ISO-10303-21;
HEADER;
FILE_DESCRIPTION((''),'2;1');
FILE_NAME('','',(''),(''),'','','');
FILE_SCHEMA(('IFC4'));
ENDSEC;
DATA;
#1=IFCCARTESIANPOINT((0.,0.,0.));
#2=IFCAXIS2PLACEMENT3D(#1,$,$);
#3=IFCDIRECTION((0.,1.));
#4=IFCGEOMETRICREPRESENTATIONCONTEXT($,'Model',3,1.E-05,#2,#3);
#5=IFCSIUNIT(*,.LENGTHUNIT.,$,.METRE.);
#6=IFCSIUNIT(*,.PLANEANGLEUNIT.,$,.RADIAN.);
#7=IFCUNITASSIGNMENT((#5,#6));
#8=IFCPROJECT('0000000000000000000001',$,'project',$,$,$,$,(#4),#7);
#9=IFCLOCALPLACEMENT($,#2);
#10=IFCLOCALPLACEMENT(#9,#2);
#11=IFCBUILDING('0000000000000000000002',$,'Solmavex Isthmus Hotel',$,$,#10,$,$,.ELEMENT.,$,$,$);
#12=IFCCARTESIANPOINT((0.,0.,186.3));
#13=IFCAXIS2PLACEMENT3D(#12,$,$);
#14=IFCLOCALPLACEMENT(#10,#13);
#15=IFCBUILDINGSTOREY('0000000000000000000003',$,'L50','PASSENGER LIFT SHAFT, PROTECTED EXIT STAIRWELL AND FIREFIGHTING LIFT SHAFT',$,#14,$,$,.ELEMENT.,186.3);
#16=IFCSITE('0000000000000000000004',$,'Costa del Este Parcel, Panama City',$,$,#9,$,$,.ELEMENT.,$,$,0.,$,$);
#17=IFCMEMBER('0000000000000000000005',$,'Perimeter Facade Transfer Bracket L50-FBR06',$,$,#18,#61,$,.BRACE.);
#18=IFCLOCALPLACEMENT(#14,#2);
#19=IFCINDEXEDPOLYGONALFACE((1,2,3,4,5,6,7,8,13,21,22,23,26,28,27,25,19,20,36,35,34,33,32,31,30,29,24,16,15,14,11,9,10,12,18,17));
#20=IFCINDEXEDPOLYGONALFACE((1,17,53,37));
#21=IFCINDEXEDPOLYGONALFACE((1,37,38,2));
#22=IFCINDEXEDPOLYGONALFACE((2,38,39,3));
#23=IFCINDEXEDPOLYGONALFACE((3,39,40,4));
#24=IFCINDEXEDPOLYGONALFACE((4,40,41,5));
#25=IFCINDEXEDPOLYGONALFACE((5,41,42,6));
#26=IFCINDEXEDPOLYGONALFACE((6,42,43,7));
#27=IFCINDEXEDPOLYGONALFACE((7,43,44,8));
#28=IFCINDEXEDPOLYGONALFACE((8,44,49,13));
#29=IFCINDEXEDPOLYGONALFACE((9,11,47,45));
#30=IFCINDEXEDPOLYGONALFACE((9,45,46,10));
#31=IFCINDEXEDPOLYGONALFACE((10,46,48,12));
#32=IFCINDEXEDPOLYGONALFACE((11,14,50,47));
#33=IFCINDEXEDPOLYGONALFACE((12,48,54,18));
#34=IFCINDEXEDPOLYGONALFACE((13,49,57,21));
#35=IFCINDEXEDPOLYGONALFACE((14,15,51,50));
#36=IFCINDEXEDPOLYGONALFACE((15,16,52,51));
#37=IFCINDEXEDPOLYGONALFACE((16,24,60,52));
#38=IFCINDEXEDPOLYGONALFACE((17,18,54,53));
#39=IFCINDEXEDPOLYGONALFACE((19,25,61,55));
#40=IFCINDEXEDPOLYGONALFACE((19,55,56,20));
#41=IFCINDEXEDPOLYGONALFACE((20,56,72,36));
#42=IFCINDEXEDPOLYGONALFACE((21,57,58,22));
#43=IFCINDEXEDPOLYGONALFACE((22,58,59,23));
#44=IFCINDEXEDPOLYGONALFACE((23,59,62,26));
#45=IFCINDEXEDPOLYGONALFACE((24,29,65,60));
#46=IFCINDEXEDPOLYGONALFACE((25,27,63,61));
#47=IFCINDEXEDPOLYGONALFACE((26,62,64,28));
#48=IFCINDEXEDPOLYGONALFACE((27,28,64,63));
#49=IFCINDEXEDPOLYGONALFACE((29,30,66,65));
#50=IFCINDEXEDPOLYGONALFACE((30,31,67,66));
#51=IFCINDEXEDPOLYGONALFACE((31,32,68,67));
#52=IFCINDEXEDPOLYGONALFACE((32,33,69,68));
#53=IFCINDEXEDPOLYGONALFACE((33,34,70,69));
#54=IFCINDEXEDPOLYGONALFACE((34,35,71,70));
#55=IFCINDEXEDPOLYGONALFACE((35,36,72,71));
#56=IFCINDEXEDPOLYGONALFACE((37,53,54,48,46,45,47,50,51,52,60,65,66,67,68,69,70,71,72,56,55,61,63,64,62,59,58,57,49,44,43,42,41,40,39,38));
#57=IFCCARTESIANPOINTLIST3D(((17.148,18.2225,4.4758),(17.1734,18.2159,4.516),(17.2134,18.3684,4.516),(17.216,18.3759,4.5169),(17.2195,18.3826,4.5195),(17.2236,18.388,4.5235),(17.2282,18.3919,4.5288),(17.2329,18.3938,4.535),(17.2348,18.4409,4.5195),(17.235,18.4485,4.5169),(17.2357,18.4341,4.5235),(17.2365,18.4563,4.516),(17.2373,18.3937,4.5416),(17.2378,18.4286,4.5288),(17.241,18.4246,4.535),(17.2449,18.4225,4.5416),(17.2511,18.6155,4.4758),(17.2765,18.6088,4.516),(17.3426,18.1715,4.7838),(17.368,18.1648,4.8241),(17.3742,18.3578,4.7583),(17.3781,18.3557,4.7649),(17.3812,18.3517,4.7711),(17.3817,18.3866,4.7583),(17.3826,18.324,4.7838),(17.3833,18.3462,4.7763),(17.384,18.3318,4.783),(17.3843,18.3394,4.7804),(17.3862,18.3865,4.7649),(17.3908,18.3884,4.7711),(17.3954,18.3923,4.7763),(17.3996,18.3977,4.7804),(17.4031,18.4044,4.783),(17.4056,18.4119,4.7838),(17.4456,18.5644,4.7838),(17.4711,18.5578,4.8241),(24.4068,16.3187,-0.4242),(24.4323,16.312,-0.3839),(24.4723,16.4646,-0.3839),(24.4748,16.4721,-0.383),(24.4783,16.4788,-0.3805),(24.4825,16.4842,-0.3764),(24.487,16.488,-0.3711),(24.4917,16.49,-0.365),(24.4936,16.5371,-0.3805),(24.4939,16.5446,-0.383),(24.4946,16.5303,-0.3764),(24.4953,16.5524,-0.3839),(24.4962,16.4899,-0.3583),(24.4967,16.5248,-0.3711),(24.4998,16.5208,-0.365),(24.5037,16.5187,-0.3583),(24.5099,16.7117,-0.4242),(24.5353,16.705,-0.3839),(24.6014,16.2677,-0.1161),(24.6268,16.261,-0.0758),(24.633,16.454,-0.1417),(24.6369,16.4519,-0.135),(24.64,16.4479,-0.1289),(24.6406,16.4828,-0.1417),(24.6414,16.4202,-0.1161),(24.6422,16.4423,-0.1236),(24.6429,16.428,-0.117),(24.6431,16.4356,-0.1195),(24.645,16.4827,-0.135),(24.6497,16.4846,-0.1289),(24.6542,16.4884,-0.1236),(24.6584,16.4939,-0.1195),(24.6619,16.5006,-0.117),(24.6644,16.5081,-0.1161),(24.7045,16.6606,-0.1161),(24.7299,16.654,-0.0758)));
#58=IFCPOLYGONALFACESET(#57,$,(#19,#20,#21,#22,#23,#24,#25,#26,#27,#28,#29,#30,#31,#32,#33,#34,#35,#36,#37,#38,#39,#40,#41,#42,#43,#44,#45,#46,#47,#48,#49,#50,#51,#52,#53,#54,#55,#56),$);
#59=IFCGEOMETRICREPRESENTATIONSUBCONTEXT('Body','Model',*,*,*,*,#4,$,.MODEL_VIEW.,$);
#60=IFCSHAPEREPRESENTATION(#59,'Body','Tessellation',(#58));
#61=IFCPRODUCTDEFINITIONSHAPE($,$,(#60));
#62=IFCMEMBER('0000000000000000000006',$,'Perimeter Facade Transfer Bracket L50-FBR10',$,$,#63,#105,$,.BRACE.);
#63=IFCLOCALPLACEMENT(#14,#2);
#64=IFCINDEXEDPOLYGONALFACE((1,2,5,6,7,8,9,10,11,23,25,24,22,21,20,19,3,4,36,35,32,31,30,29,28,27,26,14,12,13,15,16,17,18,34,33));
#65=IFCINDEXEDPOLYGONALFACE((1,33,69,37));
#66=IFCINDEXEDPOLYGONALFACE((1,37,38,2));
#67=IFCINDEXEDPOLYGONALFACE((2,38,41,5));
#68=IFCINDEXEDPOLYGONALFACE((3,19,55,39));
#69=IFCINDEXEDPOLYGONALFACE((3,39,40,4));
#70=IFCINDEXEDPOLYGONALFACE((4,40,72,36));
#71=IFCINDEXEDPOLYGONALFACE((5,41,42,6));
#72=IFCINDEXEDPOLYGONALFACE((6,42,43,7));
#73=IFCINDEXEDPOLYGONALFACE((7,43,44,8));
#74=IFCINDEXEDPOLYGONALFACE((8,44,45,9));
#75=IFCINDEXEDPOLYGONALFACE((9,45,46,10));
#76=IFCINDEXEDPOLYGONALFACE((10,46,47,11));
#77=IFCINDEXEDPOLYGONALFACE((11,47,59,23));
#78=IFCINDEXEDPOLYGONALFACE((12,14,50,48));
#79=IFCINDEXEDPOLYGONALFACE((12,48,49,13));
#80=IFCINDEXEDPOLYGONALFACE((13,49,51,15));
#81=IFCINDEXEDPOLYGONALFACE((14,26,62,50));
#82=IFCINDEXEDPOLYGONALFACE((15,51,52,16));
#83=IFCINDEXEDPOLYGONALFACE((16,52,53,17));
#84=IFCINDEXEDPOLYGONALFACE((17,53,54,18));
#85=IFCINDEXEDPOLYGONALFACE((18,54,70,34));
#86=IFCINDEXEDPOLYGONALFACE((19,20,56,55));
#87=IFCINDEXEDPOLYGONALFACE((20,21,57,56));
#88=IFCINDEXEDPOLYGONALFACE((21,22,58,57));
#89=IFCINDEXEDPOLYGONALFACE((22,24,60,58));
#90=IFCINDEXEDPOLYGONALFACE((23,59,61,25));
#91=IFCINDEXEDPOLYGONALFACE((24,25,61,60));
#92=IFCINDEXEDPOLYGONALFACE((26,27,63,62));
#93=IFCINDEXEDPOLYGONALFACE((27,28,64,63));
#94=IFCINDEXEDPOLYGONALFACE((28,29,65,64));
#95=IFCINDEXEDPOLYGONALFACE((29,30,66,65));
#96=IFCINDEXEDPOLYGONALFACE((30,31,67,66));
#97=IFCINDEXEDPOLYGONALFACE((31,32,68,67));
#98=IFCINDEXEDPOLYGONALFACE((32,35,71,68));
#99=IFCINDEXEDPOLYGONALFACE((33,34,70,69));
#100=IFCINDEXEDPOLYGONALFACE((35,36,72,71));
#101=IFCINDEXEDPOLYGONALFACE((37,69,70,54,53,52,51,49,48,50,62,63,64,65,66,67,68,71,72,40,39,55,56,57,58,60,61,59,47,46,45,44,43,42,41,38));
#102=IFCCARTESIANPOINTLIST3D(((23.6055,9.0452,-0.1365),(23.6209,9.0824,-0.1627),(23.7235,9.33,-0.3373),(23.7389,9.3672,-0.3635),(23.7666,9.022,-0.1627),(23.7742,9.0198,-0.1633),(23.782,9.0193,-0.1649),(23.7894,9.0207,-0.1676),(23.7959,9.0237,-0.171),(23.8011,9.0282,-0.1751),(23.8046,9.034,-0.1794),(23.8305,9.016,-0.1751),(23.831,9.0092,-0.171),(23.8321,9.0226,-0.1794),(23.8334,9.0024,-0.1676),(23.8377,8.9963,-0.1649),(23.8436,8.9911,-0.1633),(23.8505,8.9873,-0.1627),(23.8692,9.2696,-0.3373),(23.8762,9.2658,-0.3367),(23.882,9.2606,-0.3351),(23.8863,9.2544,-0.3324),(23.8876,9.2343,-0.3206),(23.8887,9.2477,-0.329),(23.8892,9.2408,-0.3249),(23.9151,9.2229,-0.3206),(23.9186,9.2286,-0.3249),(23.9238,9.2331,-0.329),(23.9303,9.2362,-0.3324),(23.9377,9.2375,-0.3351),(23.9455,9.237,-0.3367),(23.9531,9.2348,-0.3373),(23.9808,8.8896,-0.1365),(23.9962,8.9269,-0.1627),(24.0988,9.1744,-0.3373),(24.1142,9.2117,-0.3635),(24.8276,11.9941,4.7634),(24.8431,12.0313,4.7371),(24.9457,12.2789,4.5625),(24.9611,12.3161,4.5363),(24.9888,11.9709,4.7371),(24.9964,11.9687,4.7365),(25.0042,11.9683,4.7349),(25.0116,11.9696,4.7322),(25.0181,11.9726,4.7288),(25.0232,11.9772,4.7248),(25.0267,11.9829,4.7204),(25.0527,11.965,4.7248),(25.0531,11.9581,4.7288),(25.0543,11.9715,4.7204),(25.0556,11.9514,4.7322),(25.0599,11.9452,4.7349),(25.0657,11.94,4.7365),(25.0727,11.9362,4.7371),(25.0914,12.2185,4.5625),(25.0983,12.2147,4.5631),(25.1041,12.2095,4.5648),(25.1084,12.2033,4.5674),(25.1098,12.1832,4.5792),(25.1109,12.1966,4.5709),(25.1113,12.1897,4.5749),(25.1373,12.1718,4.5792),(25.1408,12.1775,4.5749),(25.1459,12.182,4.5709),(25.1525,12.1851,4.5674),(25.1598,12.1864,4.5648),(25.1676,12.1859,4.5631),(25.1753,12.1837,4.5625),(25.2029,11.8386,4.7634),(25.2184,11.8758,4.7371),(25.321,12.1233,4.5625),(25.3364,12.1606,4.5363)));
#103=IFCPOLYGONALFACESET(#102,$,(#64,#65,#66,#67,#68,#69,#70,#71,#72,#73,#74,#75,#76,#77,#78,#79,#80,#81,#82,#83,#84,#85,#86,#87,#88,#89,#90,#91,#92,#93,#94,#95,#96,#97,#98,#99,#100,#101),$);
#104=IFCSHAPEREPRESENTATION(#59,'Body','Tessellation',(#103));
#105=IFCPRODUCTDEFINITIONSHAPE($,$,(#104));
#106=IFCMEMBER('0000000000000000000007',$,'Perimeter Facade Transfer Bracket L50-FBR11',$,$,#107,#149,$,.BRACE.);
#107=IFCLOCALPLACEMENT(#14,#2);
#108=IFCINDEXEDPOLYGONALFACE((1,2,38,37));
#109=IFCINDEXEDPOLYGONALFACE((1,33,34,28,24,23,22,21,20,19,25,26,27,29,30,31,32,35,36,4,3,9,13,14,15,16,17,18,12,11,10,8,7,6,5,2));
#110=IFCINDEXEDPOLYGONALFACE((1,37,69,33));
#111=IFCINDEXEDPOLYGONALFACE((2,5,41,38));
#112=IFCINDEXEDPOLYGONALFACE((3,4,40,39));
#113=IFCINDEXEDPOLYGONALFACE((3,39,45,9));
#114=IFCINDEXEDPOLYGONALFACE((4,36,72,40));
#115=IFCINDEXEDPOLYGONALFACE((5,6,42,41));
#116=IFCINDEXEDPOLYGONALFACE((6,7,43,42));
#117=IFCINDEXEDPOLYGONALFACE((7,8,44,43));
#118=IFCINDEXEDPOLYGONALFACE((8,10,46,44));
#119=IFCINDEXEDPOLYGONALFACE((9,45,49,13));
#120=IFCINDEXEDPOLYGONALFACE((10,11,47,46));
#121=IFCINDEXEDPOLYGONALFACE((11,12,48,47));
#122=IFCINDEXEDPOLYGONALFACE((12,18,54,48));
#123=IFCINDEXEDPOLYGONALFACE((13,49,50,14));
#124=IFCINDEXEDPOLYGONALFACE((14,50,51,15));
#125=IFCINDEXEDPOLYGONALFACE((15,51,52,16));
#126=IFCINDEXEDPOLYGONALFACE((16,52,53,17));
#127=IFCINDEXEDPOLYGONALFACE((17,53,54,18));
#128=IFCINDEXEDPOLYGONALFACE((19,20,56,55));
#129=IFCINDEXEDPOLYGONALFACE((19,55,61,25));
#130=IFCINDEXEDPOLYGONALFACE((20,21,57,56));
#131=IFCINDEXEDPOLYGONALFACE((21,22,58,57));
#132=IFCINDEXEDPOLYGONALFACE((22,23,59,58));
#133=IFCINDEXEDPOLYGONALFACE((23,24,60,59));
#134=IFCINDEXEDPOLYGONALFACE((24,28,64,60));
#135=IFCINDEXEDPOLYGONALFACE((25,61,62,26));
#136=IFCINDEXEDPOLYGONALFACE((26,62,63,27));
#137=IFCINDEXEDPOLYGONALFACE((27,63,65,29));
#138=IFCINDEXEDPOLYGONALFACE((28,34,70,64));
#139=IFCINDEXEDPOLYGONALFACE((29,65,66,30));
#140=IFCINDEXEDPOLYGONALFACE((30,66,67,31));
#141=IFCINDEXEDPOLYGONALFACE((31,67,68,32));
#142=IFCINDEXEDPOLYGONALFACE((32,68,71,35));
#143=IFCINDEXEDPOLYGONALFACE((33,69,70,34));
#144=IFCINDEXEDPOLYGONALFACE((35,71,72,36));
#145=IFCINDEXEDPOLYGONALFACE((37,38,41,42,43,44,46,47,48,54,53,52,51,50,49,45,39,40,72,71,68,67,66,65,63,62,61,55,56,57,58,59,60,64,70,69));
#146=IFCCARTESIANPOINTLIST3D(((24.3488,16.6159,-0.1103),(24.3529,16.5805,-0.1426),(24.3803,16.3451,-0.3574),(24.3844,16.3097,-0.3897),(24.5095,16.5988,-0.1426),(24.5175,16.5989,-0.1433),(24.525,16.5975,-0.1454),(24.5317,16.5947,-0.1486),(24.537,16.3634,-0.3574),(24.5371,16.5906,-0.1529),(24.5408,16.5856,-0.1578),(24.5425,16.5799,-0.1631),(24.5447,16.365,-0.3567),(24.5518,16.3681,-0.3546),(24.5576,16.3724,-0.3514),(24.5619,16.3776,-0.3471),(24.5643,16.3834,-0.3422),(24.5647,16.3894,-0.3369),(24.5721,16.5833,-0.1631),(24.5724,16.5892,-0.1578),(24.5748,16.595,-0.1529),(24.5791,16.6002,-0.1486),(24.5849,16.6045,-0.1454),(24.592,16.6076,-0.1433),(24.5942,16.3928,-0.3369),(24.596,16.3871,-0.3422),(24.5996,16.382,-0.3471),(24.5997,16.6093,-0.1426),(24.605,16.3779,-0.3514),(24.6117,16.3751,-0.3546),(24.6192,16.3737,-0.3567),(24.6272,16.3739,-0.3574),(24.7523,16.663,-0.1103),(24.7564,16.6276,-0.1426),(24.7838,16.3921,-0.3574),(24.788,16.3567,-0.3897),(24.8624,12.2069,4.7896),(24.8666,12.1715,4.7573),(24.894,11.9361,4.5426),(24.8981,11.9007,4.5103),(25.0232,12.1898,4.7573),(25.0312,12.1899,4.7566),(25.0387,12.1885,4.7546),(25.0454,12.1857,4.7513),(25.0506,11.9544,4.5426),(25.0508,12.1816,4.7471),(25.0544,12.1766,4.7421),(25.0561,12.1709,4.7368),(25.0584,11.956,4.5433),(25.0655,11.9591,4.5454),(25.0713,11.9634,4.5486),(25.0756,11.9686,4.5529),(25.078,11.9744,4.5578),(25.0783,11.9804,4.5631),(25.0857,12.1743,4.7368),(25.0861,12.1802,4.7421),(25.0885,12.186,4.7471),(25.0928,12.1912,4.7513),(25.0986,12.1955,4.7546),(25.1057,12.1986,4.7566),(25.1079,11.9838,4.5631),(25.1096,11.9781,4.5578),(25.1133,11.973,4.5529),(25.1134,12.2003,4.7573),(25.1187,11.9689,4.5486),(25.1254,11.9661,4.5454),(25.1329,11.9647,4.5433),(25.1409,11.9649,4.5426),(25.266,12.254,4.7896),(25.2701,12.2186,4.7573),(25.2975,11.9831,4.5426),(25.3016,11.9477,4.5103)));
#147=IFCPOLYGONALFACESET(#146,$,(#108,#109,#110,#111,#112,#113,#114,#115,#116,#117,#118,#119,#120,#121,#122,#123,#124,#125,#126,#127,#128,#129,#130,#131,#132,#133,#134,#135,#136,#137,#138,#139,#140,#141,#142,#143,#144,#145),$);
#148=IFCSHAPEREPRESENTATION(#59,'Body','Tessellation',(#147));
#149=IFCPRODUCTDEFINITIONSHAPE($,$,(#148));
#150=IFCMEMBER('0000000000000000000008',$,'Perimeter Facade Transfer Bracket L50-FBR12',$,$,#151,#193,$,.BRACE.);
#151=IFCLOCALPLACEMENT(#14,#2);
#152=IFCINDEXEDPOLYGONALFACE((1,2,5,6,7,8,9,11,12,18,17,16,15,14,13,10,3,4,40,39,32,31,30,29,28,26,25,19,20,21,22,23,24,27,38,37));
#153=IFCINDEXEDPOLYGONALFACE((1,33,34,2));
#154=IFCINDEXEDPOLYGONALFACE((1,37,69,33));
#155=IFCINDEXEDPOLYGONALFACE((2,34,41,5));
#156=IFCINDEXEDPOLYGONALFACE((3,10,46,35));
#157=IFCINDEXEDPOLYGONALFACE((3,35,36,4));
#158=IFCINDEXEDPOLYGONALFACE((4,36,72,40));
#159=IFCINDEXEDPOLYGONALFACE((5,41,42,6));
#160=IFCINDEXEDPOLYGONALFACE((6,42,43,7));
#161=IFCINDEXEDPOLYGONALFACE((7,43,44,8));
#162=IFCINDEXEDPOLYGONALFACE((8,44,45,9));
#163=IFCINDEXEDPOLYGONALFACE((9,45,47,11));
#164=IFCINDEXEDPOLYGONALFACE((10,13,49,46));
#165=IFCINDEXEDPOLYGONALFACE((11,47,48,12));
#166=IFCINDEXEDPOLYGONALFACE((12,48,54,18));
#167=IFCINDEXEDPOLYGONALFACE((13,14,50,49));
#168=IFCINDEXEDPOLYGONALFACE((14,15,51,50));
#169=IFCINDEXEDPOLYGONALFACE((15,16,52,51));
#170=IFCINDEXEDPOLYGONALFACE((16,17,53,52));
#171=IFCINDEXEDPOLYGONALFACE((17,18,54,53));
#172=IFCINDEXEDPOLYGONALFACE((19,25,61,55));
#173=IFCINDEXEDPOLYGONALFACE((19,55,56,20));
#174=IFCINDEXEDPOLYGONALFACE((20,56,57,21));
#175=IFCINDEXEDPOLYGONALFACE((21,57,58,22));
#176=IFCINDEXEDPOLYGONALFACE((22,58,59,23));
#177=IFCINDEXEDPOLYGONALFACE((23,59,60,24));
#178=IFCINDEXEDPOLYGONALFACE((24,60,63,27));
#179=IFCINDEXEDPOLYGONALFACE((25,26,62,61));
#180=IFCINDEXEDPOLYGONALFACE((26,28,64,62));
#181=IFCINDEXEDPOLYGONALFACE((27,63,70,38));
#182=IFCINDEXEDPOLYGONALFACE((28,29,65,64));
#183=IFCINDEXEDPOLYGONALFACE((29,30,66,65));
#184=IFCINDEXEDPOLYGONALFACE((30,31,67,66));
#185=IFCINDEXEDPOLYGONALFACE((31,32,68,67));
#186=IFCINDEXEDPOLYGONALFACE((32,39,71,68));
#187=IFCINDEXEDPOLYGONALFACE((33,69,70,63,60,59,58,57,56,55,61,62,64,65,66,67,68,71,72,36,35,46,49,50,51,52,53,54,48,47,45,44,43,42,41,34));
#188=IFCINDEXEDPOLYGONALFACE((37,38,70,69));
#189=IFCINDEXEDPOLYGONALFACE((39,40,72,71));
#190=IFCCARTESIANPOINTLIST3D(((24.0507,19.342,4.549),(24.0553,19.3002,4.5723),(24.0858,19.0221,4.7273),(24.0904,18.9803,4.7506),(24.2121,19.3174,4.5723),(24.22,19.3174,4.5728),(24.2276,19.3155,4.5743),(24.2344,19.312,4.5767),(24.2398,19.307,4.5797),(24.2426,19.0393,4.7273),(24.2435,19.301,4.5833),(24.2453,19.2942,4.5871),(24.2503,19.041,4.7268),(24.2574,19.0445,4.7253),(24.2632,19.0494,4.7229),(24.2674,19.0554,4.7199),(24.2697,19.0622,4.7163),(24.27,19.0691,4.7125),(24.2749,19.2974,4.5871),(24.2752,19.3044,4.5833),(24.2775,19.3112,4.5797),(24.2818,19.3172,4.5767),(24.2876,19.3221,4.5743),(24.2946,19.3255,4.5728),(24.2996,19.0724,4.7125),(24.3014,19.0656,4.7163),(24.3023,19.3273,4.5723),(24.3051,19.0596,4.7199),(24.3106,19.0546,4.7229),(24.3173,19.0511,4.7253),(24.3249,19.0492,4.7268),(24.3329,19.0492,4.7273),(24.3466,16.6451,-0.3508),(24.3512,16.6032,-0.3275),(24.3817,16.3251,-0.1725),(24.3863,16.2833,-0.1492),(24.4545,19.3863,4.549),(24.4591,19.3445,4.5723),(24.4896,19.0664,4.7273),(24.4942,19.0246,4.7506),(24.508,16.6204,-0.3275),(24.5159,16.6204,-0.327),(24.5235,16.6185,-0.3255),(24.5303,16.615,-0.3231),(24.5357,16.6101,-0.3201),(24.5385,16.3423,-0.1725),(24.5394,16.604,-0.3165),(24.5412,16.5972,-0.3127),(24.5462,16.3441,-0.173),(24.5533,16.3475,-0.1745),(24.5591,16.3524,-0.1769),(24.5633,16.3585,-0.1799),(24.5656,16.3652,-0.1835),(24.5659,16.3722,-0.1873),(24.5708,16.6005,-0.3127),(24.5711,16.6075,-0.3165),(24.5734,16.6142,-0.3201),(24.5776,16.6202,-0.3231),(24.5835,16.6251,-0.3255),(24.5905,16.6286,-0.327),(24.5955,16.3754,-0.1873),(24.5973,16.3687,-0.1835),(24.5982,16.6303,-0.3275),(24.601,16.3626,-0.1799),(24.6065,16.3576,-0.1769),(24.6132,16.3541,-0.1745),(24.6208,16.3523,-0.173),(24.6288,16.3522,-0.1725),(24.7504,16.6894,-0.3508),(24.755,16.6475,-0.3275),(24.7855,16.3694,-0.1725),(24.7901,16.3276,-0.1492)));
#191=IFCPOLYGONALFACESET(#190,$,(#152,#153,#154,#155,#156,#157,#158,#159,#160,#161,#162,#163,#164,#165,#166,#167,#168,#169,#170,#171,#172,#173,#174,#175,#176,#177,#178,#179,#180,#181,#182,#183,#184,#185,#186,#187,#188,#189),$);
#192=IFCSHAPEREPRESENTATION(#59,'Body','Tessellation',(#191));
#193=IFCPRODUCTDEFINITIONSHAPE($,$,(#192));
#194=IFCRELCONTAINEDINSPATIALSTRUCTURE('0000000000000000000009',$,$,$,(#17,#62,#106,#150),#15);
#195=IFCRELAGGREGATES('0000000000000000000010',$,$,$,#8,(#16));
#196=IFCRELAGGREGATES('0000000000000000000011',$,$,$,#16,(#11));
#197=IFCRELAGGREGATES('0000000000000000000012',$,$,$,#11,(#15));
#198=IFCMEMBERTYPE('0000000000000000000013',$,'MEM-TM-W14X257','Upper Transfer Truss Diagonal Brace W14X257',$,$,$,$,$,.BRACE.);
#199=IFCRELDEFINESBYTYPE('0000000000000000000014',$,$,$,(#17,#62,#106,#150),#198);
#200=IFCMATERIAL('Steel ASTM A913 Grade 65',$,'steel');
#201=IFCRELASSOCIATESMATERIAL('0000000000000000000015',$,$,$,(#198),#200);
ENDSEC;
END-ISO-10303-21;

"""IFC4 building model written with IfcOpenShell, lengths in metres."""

from ifc_helpers import new_model, si_unit, direction, frame, origin, origin_2d, place, context, subcontext, project, spatial, i_section, extrude, material, material_profile, profile_set, type_object, element, save


model = new_model("IFC4")

# Units and contexts
model_context = context("Model", 3, precision=1e-05, world=origin(), true_north=direction((0.0, 1.0)))
body_context = subcontext(model_context, "Body", "Model", "MODEL_VIEW")
ifc_project = project(units=[si_unit("LENGTHUNIT", "METRE"), si_unit("PLANEANGLEUNIT", "RADIAN")], contexts=[model_context])

# Site, building, storey
site_placement = place(None, origin())
site = spatial("IfcSite", under=ifc_project, at=site_placement, Name="Costa del Este Parcel, Panama City", CompositionType="ELEMENT", RefElevation=0.0)
building_placement = place(site_placement, origin())
building = spatial("IfcBuilding", under=site, at=building_placement, Name="Solmavex Isthmus Hotel", CompositionType="ELEMENT")
storey_placement = place(building_placement, frame((0.0, 0.0, 186.3)))
storey = spatial("IfcBuildingStorey", under=building, at=storey_placement, Name="L50", Description="PASSENGER LIFT SHAFT, PROTECTED EXIT STAIRWELL AND FIREFIGHTING LIFT SHAFT", CompositionType="ELEMENT", Elevation=186.3)

# Shared definitions
ifc_material_1 = material(Name="Steel ASTM A913 Grade 65", Category="steel")

# Members
ifc_material_profile_1 = material_profile(ifc_material_1, i_section(OverallWidth=0.4062, OverallDepth=0.416, WebThickness=0.0298, FlangeThickness=0.0481, FilletRadius=0.0305, at=origin_2d()), Name="W14X257")
ifc_profile_set_1 = profile_set([ifc_material_profile_1], Name="Steel ASTM A913 Grade 65")
member_type_1 = type_object("IfcMemberType", Name="MEM-TM-W14X257", Description="Upper Transfer Truss Diagonal Brace W14X257", PredefinedType="BRACE", material=ifc_profile_set_1)
member_1_placement = place(storey_placement, frame((24.5684, 16.4863, -0.25), z_axis=(-0.809921, 0.212423, 0.546721), x_axis=(-0.253696, -0.967284, 0.0)))
element("IfcMember", 1, at=member_1_placement, inside=storey, type_object=member_type_1, Name="Perimeter Facade Transfer Bracket L50-FBR06", PredefinedType="BRACE", context=body_context, shape_type="SweptSolid", body=[
    extrude(i_section(OverallWidth=0.4062, OverallDepth=0.416, WebThickness=0.0298, FlangeThickness=0.0481, FilletRadius=0.0305, at=origin_2d()), origin(), (0.0, 0.0, 1.0), 8.9624),
])
member_2_placement = place(storey_placement, frame((23.8599, 9.1284, -0.25), z_axis=(0.208989, 0.50427, 0.837876), x_axis=(-0.923806, 0.382861, 0.0)))
element("IfcMember", 2, at=member_2_placement, inside=storey, type_object=member_type_1, Name="Perimeter Facade Transfer Bracket L50-FBR10", PredefinedType="BRACE", context=body_context, shape_type="SweptSolid", body=[
    extrude(i_section(OverallWidth=0.4062, OverallDepth=0.416, WebThickness=0.0298, FlangeThickness=0.0481, FilletRadius=0.0305, at=origin_2d()), origin(), (0.0, 0.0, 1.0), 5.8479),
])
member_3_placement = place(storey_placement, frame((24.5684, 16.4863, -0.25), z_axis=(0.077694, -0.666861, 0.741121), x_axis=(0.993281, 0.115724, 0.0)))
element("IfcMember", 3, at=member_3_placement, inside=storey, type_object=member_type_1, Name="Perimeter Facade Transfer Bracket L50-FBR11", PredefinedType="BRACE", context=body_context, shape_type="SweptSolid", body=[
    extrude(i_section(OverallWidth=0.4062, OverallDepth=0.416, WebThickness=0.0298, FlangeThickness=0.0481, FilletRadius=0.0305, at=origin_2d()), origin(), (0.0, 0.0, 1.0), 6.6116),
])
member_4_placement = place(storey_placement, frame((24.5684, 16.4863, -0.25), z_axis=(-0.05283, 0.48153, 0.874836), x_axis=(-0.994035, -0.109059, 0.0)))
element("IfcMember", 4, at=member_4_placement, inside=storey, type_object=member_type_1, Name="Perimeter Facade Transfer Bracket L50-FBR12", PredefinedType="BRACE", context=body_context, shape_type="SweptSolid", body=[
    extrude(i_section(OverallWidth=0.4062, OverallDepth=0.416, WebThickness=0.0298, FlangeThickness=0.0481, FilletRadius=0.0305, at=origin_2d()), origin(), (0.0, 0.0, 1.0), 5.6008),
])

save(model, "model.ifc")
